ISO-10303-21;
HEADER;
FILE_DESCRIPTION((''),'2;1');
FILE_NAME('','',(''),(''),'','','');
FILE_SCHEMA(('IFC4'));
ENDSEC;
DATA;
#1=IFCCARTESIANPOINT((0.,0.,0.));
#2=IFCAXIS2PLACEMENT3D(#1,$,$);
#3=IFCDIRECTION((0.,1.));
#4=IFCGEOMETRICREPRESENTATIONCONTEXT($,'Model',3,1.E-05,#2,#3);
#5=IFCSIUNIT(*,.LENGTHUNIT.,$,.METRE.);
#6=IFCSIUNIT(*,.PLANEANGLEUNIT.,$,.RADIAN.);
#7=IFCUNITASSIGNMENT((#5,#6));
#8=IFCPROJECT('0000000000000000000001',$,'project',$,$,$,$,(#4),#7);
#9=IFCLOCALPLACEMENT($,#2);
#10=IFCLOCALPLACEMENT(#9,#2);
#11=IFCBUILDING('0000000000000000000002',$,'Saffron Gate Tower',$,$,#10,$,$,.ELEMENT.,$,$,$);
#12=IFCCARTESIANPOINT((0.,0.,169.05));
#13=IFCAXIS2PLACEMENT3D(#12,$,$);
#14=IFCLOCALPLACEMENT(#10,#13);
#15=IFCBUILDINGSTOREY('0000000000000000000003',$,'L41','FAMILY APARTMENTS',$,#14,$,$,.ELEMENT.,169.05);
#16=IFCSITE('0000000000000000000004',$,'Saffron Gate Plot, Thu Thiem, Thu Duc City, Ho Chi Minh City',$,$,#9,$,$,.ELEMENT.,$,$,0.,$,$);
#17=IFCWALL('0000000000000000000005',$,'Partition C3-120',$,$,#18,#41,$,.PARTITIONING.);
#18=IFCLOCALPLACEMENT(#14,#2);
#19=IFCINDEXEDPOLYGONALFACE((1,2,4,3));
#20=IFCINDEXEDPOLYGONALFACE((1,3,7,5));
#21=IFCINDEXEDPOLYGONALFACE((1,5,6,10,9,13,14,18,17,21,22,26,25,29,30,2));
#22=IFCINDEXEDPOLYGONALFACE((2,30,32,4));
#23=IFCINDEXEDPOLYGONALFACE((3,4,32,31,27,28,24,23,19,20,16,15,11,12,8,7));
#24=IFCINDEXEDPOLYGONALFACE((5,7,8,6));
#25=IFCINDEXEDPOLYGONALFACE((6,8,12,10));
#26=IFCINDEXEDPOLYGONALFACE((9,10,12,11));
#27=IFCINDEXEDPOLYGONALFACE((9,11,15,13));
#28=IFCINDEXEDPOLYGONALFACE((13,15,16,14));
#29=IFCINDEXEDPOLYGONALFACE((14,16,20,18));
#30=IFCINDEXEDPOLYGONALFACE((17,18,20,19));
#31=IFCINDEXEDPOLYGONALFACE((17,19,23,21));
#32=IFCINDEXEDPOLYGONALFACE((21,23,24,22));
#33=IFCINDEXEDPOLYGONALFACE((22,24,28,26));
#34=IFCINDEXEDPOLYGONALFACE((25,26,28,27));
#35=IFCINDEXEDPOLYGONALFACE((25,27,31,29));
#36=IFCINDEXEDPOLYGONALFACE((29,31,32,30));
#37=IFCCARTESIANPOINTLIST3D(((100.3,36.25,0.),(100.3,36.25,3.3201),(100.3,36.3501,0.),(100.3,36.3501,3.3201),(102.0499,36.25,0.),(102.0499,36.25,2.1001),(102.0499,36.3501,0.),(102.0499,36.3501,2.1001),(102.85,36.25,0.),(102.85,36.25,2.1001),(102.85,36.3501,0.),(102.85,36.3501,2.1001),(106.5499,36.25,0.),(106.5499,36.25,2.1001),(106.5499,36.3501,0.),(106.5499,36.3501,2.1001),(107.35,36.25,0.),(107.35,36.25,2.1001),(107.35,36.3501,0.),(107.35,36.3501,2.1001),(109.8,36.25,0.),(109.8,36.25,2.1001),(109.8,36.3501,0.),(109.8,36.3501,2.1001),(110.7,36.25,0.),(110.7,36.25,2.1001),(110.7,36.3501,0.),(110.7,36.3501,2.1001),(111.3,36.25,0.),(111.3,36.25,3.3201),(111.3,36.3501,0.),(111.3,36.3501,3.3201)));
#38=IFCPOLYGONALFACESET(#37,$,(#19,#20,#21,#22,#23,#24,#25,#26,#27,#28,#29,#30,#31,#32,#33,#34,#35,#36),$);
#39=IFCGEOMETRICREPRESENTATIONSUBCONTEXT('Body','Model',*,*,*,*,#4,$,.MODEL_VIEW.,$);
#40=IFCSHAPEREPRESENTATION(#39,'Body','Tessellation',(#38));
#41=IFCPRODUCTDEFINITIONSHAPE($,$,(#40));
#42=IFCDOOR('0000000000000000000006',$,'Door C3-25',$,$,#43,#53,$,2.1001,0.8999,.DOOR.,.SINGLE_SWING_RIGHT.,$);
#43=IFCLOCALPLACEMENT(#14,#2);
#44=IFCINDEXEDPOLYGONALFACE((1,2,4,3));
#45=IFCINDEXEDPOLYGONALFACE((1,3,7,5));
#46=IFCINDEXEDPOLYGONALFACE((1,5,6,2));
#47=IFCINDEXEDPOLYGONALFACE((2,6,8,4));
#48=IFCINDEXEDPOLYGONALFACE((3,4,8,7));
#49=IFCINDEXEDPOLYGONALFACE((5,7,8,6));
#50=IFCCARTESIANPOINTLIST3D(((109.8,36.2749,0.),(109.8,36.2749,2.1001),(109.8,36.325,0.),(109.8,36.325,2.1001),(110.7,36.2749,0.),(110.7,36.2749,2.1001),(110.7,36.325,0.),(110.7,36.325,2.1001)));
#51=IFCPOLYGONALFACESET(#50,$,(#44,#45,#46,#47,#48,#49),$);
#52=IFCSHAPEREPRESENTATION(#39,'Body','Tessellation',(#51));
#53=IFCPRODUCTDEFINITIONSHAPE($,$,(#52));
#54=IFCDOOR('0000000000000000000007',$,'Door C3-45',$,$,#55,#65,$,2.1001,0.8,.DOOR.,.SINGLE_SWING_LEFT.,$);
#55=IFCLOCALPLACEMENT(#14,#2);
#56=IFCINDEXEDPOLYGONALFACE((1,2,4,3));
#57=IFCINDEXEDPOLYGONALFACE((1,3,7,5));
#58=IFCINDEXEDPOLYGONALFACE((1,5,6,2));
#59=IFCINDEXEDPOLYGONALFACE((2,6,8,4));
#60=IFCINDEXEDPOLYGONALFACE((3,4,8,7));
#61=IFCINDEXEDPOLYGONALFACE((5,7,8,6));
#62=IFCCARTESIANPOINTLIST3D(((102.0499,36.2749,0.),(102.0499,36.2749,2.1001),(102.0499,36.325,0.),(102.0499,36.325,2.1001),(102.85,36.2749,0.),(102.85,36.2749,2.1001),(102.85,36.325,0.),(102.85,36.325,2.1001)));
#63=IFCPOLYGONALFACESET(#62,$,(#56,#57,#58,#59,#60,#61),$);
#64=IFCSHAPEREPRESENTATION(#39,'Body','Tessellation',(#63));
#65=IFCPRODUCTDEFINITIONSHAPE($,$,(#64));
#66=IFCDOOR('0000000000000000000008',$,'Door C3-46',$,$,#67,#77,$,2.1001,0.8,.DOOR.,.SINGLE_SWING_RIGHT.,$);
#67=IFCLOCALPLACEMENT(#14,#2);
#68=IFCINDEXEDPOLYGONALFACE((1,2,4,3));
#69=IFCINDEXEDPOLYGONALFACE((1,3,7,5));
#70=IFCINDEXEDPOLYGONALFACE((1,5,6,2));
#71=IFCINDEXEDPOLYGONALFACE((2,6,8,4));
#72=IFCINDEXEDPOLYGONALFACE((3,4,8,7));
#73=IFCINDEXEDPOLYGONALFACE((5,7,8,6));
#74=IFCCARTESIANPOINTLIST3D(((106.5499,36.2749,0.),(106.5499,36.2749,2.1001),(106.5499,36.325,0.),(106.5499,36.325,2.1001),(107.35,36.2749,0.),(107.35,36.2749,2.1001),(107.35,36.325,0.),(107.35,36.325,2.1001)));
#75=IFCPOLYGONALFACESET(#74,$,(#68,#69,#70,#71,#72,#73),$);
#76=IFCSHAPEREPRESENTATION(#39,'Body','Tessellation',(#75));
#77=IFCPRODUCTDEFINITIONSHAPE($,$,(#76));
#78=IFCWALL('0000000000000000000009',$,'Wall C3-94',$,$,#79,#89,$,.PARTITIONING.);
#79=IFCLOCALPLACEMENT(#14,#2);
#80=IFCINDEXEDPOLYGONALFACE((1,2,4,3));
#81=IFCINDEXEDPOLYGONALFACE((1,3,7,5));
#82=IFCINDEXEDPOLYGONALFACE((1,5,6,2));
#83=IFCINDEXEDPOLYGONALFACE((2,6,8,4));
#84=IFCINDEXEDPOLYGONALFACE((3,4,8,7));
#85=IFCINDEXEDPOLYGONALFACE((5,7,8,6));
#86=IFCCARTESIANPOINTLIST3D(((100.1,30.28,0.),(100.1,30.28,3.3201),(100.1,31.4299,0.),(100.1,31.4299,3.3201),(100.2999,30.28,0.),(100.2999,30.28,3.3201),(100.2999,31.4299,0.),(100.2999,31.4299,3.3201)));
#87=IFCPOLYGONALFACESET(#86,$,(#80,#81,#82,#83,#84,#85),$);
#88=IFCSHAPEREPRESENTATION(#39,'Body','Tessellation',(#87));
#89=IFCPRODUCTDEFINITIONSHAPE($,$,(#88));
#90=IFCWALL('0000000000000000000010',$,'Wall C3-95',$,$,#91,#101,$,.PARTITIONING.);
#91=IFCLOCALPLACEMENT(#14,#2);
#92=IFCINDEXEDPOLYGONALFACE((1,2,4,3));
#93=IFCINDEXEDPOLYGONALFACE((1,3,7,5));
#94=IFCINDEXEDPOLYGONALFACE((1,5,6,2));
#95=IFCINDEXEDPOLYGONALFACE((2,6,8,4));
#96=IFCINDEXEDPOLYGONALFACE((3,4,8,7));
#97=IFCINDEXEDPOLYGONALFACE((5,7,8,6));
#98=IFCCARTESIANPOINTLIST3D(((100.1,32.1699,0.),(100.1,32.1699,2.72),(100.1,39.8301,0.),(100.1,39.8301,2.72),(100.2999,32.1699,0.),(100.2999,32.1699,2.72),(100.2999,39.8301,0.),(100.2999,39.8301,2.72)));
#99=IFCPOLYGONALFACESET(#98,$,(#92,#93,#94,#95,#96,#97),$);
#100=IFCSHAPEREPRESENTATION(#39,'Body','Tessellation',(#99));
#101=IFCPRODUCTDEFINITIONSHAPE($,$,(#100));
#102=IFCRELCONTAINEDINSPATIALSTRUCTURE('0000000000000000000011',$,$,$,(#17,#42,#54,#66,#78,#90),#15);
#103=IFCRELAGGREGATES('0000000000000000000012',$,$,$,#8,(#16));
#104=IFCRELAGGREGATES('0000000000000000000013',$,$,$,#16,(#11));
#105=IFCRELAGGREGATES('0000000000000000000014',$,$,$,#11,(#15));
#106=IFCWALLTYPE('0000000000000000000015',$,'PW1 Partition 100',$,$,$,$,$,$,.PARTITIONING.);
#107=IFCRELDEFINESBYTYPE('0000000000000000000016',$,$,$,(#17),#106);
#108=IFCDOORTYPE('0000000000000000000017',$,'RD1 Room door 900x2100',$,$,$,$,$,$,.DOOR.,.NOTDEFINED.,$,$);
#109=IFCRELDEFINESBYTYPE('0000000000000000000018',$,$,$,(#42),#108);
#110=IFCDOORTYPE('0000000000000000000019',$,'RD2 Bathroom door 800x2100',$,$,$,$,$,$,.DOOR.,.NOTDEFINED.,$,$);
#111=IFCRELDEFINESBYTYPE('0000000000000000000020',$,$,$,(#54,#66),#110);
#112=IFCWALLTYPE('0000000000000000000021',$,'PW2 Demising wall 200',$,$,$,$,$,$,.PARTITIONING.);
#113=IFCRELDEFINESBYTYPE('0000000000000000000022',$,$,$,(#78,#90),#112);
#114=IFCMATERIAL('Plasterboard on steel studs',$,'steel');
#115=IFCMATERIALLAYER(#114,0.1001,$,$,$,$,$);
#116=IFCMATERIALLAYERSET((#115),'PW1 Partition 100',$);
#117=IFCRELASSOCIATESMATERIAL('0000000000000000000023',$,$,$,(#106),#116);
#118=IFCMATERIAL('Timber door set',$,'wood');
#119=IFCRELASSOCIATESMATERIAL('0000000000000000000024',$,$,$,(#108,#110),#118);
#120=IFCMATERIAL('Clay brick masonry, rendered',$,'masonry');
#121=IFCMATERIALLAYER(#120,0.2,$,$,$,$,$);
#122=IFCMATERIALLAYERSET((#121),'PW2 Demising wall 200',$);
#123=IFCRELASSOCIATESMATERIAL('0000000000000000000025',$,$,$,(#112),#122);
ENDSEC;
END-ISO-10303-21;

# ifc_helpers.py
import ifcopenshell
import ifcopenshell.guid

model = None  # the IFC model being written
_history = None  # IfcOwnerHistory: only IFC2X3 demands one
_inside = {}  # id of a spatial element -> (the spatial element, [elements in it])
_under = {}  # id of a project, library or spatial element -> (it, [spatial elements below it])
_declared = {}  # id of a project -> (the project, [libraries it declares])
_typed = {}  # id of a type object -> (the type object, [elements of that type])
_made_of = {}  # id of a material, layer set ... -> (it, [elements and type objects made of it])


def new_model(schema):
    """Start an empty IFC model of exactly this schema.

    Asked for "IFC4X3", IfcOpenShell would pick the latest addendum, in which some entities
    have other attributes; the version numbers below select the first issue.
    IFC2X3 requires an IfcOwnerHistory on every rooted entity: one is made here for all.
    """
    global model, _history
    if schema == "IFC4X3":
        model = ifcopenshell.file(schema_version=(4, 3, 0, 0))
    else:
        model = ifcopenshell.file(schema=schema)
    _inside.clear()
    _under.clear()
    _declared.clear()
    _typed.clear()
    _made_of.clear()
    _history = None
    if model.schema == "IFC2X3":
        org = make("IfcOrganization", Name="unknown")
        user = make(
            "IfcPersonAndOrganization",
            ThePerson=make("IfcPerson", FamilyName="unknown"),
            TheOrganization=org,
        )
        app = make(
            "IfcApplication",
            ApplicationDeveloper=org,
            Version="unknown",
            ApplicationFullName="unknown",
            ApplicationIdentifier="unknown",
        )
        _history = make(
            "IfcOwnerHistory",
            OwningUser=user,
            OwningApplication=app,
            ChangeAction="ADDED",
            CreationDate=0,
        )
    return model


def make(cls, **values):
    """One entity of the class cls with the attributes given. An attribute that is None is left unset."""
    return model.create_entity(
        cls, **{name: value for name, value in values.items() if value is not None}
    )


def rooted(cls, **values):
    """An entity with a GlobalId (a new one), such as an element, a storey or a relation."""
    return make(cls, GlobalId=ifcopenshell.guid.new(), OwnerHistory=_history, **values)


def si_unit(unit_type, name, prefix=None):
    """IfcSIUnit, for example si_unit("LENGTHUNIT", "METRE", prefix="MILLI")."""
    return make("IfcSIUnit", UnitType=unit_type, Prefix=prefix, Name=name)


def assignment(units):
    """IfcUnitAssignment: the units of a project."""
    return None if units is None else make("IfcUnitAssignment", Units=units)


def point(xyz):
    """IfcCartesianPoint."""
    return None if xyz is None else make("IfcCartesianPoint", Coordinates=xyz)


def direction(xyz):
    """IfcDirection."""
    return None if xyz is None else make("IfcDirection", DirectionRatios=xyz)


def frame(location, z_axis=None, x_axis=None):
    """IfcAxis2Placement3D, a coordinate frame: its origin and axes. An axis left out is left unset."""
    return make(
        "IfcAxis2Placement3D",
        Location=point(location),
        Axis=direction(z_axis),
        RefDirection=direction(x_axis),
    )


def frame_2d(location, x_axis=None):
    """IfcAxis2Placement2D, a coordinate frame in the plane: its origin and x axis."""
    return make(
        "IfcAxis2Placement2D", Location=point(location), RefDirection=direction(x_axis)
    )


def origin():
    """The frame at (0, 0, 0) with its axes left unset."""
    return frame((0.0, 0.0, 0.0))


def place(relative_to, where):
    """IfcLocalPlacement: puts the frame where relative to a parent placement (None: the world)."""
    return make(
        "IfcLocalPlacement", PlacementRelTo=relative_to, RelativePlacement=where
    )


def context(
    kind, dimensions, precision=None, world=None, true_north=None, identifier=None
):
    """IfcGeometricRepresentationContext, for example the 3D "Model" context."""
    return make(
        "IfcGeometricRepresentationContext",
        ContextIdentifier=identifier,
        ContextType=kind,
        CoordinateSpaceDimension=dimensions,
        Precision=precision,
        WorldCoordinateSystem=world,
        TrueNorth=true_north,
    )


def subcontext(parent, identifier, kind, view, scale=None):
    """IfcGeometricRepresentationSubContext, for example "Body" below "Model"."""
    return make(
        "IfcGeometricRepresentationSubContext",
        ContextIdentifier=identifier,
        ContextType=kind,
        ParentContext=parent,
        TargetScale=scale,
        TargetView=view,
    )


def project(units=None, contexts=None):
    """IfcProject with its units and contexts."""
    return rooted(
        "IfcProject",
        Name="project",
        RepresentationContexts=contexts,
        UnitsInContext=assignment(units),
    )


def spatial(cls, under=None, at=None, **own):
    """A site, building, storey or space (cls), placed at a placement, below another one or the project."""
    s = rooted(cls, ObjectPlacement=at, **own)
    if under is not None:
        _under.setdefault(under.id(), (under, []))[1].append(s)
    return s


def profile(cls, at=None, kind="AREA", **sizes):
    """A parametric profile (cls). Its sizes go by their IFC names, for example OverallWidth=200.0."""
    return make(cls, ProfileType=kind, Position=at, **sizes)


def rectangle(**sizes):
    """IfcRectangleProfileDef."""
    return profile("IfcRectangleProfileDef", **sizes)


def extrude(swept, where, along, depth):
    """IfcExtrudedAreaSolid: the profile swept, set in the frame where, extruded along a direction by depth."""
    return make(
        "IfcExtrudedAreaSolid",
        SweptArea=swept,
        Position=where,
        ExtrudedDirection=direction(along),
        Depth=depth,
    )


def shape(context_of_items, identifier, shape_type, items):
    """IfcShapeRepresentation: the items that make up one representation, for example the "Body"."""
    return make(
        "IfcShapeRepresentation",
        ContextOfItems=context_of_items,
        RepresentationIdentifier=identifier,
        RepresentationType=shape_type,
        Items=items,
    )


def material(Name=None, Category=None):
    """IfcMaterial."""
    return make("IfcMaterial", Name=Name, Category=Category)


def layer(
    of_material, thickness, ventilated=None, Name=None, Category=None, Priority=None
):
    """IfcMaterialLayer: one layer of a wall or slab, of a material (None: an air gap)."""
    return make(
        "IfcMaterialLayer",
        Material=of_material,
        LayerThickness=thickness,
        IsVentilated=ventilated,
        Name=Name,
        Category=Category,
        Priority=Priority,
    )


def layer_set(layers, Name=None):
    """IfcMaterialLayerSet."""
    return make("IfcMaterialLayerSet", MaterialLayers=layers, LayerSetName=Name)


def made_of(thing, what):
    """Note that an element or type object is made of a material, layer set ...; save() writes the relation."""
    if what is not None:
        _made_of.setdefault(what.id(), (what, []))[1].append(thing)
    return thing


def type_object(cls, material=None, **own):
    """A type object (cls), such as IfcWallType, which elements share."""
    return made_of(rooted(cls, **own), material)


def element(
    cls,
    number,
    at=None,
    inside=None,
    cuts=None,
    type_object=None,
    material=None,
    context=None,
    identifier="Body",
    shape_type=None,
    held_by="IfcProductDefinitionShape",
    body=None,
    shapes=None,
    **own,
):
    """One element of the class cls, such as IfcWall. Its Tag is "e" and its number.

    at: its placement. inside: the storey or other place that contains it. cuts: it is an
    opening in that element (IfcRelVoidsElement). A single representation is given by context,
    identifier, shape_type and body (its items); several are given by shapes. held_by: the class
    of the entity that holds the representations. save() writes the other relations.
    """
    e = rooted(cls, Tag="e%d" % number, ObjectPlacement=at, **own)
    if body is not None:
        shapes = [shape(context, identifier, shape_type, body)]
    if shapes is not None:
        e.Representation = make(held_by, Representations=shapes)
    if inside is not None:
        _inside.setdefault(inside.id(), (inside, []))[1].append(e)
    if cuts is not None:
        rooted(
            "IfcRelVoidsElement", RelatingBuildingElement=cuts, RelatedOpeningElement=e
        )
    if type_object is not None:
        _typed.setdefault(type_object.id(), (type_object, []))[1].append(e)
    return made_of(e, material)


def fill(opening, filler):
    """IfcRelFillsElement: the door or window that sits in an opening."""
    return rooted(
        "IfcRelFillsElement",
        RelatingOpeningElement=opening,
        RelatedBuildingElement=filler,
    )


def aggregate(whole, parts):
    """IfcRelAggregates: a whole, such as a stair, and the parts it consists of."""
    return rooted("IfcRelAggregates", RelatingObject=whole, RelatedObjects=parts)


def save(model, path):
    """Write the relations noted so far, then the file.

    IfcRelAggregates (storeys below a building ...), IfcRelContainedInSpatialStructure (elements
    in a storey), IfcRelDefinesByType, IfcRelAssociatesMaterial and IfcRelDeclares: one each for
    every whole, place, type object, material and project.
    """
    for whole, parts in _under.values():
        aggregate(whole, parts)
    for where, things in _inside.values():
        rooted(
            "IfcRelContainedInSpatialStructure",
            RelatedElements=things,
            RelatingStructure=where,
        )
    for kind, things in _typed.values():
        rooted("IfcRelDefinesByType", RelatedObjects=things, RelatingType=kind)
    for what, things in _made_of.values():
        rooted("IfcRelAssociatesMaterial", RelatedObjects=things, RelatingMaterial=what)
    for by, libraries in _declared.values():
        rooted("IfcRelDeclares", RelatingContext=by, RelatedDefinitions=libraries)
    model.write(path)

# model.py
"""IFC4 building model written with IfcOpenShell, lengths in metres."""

from ifc_helpers import new_model, si_unit, direction, frame, frame_2d, origin, place, context, subcontext, project, spatial, rectangle, extrude, material, layer, layer_set, type_object, element, fill, save


model = new_model("IFC4")

# Units and contexts
model_context = context("Model", 3, precision=1e-05, world=origin(), true_north=direction((0.0, 1.0)))
body_context = subcontext(model_context, "Body", "Model", "MODEL_VIEW")
ifc_project = project(units=[si_unit("LENGTHUNIT", "METRE"), si_unit("PLANEANGLEUNIT", "RADIAN")], contexts=[model_context])

# Site, building, storey
site_placement = place(None, origin())
site = spatial("IfcSite", under=ifc_project, at=site_placement, Name="Saffron Gate Plot, Thu Thiem, Thu Duc City, Ho Chi Minh City", CompositionType="ELEMENT", RefElevation=0.0)
building_placement = place(site_placement, origin())
building = spatial("IfcBuilding", under=site, at=building_placement, Name="Saffron Gate Tower", CompositionType="ELEMENT")
storey_placement = place(building_placement, frame((0.0, 0.0, 169.05)))
storey = spatial("IfcBuildingStorey", under=building, at=storey_placement, Name="L41", Description="FAMILY APARTMENTS", CompositionType="ELEMENT", Elevation=169.05)

# Shared definitions
ifc_material_1 = material(Name="Plasterboard on steel studs", Category="steel")
ifc_layer_1 = layer(ifc_material_1, 0.1001)
ifc_layer_set_1 = layer_set([ifc_layer_1], Name="PW1 Partition 100")
wall_type_1 = type_object("IfcWallType", Name="PW1 Partition 100", PredefinedType="PARTITIONING", material=ifc_layer_set_1)

# Wall, openings, doors
wall_1_placement = place(storey_placement, frame((100.3, 36.3, 0.0), z_axis=(0.0, 0.0, 1.0), x_axis=(1.0, 0.0, 0.0)))
wall_1 = element("IfcWall", 1, at=wall_1_placement, inside=storey, type_object=wall_type_1, Name="Partition C3-120", PredefinedType="PARTITIONING", context=body_context, shape_type="SweptSolid", body=[
    extrude(rectangle(XDim=11.0, YDim=0.1001, at=frame_2d((5.5, 0.0))), origin(), (0.0, 0.0, 1.0), 3.3201),
])
opening_1_placement = place(wall_1_placement, frame((1.75, 0.0, 0.0)))
opening_1 = element("IfcOpeningElement", 2, at=opening_1_placement, cuts=wall_1, PredefinedType="OPENING", context=body_context, shape_type="SweptSolid", body=[
    extrude(rectangle(XDim=0.8, YDim=2.1001, at=frame_2d((0.3999, 1.05))), frame((0.0, 0.0601, 0.0), z_axis=(0.0, -1.0, 0.0), x_axis=(1.0, 0.0, 0.0)), (0.0, 0.0, 1.0), 0.1201),
])
opening_2_placement = place(wall_1_placement, frame((6.25, 0.0, 0.0)))
opening_2 = element("IfcOpeningElement", 3, at=opening_2_placement, cuts=wall_1, PredefinedType="OPENING", context=body_context, shape_type="SweptSolid", body=[
    extrude(rectangle(XDim=0.8, YDim=2.1001, at=frame_2d((0.3999, 1.05))), frame((0.0, 0.0601, 0.0), z_axis=(0.0, -1.0, 0.0), x_axis=(1.0, 0.0, 0.0)), (0.0, 0.0, 1.0), 0.1201),
])
opening_3_placement = place(wall_1_placement, frame((9.5, 0.0, 0.0)))
opening_3 = element("IfcOpeningElement", 4, at=opening_3_placement, cuts=wall_1, PredefinedType="OPENING", context=body_context, shape_type="SweptSolid", body=[
    extrude(rectangle(XDim=0.8999, YDim=2.1001, at=frame_2d((0.45, 1.05))), frame((0.0, 0.0601, 0.0), z_axis=(0.0, -1.0, 0.0), x_axis=(1.0, 0.0, 0.0)), (0.0, 0.0, 1.0), 0.1201),
])
ifc_material_2 = material(Name="Timber door set", Category="wood")
door_type_1 = type_object("IfcDoorType", Name="RD1 Room door 900x2100", OperationType="NOTDEFINED", PredefinedType="DOOR", material=ifc_material_2)
door_1_placement = place(opening_3_placement, origin())
door_1 = element("IfcDoor", 5, at=door_1_placement, inside=storey, type_object=door_type_1, Name="Door C3-25", OperationType="SINGLE_SWING_RIGHT", OverallHeight=2.1001, OverallWidth=0.8999, PredefinedType="DOOR", context=body_context, shape_type="SweptSolid", body=[
    extrude(rectangle(XDim=0.8999, YDim=2.1001, at=frame_2d((0.45, 1.05))), frame((0.0, 0.0249, 0.0), z_axis=(0.0, -1.0, 0.0), x_axis=(1.0, 0.0, 0.0)), (0.0, 0.0, 1.0), 0.05),
])
fill(opening_3, door_1)
door_type_2 = type_object("IfcDoorType", Name="RD2 Bathroom door 800x2100", OperationType="NOTDEFINED", PredefinedType="DOOR", material=ifc_material_2)
door_2_placement = place(opening_1_placement, origin())
door_2 = element("IfcDoor", 6, at=door_2_placement, inside=storey, type_object=door_type_2, Name="Door C3-45", OperationType="SINGLE_SWING_LEFT", OverallHeight=2.1001, OverallWidth=0.8, PredefinedType="DOOR", context=body_context, shape_type="SweptSolid", body=[
    extrude(rectangle(XDim=0.8, YDim=2.1001, at=frame_2d((0.3999, 1.05))), frame((0.0, 0.0249, 0.0), z_axis=(0.0, -1.0, 0.0), x_axis=(1.0, 0.0, 0.0)), (0.0, 0.0, 1.0), 0.05),
])
fill(opening_1, door_2)
door_3_placement = place(opening_2_placement, origin())
door_3 = element("IfcDoor", 7, at=door_3_placement, inside=storey, type_object=door_type_2, Name="Door C3-46", OperationType="SINGLE_SWING_RIGHT", OverallHeight=2.1001, OverallWidth=0.8, PredefinedType="DOOR", context=body_context, shape_type="SweptSolid", body=[
    extrude(rectangle(XDim=0.8, YDim=2.1001, at=frame_2d((0.3999, 1.05))), frame((0.0, 0.0249, 0.0), z_axis=(0.0, -1.0, 0.0), x_axis=(1.0, 0.0, 0.0)), (0.0, 0.0, 1.0), 0.05),
])
fill(opening_2, door_3)

# Walls
ifc_material_3 = material(Name="Clay brick masonry, rendered", Category="masonry")
ifc_layer_2 = layer(ifc_material_3, 0.2)
ifc_layer_set_2 = layer_set([ifc_layer_2], Name="PW2 Demising wall 200")
wall_type_2 = type_object("IfcWallType", Name="PW2 Demising wall 200", PredefinedType="PARTITIONING", material=ifc_layer_set_2)
wall_2_placement = place(storey_placement, frame((100.2, 31.4299, 0.0), z_axis=(0.0, 0.0, 1.0), x_axis=(0.0, -1.0, 0.0)))
element("IfcWall", 8, at=wall_2_placement, inside=storey, type_object=wall_type_2, Name="Wall C3-94", PredefinedType="PARTITIONING", context=body_context, shape_type="SweptSolid", body=[
    extrude(rectangle(XDim=1.1499, YDim=0.2, at=frame_2d((0.575, 0.0))), origin(), (0.0, 0.0, 1.0), 3.3201),
])
wall_3_placement = place(storey_placement, frame((100.2, 39.8301, 0.0), z_axis=(0.0, 0.0, 1.0), x_axis=(0.0, -1.0, 0.0)))
element("IfcWall", 9, at=wall_3_placement, inside=storey, type_object=wall_type_2, Name="Wall C3-95", PredefinedType="PARTITIONING", context=body_context, shape_type="SweptSolid", body=[
    extrude(rectangle(XDim=7.6602, YDim=0.2, at=frame_2d((3.8301, 0.0))), origin(), (0.0, 0.0, 1.0), 2.72),
])

save(model, "model.ifc")
